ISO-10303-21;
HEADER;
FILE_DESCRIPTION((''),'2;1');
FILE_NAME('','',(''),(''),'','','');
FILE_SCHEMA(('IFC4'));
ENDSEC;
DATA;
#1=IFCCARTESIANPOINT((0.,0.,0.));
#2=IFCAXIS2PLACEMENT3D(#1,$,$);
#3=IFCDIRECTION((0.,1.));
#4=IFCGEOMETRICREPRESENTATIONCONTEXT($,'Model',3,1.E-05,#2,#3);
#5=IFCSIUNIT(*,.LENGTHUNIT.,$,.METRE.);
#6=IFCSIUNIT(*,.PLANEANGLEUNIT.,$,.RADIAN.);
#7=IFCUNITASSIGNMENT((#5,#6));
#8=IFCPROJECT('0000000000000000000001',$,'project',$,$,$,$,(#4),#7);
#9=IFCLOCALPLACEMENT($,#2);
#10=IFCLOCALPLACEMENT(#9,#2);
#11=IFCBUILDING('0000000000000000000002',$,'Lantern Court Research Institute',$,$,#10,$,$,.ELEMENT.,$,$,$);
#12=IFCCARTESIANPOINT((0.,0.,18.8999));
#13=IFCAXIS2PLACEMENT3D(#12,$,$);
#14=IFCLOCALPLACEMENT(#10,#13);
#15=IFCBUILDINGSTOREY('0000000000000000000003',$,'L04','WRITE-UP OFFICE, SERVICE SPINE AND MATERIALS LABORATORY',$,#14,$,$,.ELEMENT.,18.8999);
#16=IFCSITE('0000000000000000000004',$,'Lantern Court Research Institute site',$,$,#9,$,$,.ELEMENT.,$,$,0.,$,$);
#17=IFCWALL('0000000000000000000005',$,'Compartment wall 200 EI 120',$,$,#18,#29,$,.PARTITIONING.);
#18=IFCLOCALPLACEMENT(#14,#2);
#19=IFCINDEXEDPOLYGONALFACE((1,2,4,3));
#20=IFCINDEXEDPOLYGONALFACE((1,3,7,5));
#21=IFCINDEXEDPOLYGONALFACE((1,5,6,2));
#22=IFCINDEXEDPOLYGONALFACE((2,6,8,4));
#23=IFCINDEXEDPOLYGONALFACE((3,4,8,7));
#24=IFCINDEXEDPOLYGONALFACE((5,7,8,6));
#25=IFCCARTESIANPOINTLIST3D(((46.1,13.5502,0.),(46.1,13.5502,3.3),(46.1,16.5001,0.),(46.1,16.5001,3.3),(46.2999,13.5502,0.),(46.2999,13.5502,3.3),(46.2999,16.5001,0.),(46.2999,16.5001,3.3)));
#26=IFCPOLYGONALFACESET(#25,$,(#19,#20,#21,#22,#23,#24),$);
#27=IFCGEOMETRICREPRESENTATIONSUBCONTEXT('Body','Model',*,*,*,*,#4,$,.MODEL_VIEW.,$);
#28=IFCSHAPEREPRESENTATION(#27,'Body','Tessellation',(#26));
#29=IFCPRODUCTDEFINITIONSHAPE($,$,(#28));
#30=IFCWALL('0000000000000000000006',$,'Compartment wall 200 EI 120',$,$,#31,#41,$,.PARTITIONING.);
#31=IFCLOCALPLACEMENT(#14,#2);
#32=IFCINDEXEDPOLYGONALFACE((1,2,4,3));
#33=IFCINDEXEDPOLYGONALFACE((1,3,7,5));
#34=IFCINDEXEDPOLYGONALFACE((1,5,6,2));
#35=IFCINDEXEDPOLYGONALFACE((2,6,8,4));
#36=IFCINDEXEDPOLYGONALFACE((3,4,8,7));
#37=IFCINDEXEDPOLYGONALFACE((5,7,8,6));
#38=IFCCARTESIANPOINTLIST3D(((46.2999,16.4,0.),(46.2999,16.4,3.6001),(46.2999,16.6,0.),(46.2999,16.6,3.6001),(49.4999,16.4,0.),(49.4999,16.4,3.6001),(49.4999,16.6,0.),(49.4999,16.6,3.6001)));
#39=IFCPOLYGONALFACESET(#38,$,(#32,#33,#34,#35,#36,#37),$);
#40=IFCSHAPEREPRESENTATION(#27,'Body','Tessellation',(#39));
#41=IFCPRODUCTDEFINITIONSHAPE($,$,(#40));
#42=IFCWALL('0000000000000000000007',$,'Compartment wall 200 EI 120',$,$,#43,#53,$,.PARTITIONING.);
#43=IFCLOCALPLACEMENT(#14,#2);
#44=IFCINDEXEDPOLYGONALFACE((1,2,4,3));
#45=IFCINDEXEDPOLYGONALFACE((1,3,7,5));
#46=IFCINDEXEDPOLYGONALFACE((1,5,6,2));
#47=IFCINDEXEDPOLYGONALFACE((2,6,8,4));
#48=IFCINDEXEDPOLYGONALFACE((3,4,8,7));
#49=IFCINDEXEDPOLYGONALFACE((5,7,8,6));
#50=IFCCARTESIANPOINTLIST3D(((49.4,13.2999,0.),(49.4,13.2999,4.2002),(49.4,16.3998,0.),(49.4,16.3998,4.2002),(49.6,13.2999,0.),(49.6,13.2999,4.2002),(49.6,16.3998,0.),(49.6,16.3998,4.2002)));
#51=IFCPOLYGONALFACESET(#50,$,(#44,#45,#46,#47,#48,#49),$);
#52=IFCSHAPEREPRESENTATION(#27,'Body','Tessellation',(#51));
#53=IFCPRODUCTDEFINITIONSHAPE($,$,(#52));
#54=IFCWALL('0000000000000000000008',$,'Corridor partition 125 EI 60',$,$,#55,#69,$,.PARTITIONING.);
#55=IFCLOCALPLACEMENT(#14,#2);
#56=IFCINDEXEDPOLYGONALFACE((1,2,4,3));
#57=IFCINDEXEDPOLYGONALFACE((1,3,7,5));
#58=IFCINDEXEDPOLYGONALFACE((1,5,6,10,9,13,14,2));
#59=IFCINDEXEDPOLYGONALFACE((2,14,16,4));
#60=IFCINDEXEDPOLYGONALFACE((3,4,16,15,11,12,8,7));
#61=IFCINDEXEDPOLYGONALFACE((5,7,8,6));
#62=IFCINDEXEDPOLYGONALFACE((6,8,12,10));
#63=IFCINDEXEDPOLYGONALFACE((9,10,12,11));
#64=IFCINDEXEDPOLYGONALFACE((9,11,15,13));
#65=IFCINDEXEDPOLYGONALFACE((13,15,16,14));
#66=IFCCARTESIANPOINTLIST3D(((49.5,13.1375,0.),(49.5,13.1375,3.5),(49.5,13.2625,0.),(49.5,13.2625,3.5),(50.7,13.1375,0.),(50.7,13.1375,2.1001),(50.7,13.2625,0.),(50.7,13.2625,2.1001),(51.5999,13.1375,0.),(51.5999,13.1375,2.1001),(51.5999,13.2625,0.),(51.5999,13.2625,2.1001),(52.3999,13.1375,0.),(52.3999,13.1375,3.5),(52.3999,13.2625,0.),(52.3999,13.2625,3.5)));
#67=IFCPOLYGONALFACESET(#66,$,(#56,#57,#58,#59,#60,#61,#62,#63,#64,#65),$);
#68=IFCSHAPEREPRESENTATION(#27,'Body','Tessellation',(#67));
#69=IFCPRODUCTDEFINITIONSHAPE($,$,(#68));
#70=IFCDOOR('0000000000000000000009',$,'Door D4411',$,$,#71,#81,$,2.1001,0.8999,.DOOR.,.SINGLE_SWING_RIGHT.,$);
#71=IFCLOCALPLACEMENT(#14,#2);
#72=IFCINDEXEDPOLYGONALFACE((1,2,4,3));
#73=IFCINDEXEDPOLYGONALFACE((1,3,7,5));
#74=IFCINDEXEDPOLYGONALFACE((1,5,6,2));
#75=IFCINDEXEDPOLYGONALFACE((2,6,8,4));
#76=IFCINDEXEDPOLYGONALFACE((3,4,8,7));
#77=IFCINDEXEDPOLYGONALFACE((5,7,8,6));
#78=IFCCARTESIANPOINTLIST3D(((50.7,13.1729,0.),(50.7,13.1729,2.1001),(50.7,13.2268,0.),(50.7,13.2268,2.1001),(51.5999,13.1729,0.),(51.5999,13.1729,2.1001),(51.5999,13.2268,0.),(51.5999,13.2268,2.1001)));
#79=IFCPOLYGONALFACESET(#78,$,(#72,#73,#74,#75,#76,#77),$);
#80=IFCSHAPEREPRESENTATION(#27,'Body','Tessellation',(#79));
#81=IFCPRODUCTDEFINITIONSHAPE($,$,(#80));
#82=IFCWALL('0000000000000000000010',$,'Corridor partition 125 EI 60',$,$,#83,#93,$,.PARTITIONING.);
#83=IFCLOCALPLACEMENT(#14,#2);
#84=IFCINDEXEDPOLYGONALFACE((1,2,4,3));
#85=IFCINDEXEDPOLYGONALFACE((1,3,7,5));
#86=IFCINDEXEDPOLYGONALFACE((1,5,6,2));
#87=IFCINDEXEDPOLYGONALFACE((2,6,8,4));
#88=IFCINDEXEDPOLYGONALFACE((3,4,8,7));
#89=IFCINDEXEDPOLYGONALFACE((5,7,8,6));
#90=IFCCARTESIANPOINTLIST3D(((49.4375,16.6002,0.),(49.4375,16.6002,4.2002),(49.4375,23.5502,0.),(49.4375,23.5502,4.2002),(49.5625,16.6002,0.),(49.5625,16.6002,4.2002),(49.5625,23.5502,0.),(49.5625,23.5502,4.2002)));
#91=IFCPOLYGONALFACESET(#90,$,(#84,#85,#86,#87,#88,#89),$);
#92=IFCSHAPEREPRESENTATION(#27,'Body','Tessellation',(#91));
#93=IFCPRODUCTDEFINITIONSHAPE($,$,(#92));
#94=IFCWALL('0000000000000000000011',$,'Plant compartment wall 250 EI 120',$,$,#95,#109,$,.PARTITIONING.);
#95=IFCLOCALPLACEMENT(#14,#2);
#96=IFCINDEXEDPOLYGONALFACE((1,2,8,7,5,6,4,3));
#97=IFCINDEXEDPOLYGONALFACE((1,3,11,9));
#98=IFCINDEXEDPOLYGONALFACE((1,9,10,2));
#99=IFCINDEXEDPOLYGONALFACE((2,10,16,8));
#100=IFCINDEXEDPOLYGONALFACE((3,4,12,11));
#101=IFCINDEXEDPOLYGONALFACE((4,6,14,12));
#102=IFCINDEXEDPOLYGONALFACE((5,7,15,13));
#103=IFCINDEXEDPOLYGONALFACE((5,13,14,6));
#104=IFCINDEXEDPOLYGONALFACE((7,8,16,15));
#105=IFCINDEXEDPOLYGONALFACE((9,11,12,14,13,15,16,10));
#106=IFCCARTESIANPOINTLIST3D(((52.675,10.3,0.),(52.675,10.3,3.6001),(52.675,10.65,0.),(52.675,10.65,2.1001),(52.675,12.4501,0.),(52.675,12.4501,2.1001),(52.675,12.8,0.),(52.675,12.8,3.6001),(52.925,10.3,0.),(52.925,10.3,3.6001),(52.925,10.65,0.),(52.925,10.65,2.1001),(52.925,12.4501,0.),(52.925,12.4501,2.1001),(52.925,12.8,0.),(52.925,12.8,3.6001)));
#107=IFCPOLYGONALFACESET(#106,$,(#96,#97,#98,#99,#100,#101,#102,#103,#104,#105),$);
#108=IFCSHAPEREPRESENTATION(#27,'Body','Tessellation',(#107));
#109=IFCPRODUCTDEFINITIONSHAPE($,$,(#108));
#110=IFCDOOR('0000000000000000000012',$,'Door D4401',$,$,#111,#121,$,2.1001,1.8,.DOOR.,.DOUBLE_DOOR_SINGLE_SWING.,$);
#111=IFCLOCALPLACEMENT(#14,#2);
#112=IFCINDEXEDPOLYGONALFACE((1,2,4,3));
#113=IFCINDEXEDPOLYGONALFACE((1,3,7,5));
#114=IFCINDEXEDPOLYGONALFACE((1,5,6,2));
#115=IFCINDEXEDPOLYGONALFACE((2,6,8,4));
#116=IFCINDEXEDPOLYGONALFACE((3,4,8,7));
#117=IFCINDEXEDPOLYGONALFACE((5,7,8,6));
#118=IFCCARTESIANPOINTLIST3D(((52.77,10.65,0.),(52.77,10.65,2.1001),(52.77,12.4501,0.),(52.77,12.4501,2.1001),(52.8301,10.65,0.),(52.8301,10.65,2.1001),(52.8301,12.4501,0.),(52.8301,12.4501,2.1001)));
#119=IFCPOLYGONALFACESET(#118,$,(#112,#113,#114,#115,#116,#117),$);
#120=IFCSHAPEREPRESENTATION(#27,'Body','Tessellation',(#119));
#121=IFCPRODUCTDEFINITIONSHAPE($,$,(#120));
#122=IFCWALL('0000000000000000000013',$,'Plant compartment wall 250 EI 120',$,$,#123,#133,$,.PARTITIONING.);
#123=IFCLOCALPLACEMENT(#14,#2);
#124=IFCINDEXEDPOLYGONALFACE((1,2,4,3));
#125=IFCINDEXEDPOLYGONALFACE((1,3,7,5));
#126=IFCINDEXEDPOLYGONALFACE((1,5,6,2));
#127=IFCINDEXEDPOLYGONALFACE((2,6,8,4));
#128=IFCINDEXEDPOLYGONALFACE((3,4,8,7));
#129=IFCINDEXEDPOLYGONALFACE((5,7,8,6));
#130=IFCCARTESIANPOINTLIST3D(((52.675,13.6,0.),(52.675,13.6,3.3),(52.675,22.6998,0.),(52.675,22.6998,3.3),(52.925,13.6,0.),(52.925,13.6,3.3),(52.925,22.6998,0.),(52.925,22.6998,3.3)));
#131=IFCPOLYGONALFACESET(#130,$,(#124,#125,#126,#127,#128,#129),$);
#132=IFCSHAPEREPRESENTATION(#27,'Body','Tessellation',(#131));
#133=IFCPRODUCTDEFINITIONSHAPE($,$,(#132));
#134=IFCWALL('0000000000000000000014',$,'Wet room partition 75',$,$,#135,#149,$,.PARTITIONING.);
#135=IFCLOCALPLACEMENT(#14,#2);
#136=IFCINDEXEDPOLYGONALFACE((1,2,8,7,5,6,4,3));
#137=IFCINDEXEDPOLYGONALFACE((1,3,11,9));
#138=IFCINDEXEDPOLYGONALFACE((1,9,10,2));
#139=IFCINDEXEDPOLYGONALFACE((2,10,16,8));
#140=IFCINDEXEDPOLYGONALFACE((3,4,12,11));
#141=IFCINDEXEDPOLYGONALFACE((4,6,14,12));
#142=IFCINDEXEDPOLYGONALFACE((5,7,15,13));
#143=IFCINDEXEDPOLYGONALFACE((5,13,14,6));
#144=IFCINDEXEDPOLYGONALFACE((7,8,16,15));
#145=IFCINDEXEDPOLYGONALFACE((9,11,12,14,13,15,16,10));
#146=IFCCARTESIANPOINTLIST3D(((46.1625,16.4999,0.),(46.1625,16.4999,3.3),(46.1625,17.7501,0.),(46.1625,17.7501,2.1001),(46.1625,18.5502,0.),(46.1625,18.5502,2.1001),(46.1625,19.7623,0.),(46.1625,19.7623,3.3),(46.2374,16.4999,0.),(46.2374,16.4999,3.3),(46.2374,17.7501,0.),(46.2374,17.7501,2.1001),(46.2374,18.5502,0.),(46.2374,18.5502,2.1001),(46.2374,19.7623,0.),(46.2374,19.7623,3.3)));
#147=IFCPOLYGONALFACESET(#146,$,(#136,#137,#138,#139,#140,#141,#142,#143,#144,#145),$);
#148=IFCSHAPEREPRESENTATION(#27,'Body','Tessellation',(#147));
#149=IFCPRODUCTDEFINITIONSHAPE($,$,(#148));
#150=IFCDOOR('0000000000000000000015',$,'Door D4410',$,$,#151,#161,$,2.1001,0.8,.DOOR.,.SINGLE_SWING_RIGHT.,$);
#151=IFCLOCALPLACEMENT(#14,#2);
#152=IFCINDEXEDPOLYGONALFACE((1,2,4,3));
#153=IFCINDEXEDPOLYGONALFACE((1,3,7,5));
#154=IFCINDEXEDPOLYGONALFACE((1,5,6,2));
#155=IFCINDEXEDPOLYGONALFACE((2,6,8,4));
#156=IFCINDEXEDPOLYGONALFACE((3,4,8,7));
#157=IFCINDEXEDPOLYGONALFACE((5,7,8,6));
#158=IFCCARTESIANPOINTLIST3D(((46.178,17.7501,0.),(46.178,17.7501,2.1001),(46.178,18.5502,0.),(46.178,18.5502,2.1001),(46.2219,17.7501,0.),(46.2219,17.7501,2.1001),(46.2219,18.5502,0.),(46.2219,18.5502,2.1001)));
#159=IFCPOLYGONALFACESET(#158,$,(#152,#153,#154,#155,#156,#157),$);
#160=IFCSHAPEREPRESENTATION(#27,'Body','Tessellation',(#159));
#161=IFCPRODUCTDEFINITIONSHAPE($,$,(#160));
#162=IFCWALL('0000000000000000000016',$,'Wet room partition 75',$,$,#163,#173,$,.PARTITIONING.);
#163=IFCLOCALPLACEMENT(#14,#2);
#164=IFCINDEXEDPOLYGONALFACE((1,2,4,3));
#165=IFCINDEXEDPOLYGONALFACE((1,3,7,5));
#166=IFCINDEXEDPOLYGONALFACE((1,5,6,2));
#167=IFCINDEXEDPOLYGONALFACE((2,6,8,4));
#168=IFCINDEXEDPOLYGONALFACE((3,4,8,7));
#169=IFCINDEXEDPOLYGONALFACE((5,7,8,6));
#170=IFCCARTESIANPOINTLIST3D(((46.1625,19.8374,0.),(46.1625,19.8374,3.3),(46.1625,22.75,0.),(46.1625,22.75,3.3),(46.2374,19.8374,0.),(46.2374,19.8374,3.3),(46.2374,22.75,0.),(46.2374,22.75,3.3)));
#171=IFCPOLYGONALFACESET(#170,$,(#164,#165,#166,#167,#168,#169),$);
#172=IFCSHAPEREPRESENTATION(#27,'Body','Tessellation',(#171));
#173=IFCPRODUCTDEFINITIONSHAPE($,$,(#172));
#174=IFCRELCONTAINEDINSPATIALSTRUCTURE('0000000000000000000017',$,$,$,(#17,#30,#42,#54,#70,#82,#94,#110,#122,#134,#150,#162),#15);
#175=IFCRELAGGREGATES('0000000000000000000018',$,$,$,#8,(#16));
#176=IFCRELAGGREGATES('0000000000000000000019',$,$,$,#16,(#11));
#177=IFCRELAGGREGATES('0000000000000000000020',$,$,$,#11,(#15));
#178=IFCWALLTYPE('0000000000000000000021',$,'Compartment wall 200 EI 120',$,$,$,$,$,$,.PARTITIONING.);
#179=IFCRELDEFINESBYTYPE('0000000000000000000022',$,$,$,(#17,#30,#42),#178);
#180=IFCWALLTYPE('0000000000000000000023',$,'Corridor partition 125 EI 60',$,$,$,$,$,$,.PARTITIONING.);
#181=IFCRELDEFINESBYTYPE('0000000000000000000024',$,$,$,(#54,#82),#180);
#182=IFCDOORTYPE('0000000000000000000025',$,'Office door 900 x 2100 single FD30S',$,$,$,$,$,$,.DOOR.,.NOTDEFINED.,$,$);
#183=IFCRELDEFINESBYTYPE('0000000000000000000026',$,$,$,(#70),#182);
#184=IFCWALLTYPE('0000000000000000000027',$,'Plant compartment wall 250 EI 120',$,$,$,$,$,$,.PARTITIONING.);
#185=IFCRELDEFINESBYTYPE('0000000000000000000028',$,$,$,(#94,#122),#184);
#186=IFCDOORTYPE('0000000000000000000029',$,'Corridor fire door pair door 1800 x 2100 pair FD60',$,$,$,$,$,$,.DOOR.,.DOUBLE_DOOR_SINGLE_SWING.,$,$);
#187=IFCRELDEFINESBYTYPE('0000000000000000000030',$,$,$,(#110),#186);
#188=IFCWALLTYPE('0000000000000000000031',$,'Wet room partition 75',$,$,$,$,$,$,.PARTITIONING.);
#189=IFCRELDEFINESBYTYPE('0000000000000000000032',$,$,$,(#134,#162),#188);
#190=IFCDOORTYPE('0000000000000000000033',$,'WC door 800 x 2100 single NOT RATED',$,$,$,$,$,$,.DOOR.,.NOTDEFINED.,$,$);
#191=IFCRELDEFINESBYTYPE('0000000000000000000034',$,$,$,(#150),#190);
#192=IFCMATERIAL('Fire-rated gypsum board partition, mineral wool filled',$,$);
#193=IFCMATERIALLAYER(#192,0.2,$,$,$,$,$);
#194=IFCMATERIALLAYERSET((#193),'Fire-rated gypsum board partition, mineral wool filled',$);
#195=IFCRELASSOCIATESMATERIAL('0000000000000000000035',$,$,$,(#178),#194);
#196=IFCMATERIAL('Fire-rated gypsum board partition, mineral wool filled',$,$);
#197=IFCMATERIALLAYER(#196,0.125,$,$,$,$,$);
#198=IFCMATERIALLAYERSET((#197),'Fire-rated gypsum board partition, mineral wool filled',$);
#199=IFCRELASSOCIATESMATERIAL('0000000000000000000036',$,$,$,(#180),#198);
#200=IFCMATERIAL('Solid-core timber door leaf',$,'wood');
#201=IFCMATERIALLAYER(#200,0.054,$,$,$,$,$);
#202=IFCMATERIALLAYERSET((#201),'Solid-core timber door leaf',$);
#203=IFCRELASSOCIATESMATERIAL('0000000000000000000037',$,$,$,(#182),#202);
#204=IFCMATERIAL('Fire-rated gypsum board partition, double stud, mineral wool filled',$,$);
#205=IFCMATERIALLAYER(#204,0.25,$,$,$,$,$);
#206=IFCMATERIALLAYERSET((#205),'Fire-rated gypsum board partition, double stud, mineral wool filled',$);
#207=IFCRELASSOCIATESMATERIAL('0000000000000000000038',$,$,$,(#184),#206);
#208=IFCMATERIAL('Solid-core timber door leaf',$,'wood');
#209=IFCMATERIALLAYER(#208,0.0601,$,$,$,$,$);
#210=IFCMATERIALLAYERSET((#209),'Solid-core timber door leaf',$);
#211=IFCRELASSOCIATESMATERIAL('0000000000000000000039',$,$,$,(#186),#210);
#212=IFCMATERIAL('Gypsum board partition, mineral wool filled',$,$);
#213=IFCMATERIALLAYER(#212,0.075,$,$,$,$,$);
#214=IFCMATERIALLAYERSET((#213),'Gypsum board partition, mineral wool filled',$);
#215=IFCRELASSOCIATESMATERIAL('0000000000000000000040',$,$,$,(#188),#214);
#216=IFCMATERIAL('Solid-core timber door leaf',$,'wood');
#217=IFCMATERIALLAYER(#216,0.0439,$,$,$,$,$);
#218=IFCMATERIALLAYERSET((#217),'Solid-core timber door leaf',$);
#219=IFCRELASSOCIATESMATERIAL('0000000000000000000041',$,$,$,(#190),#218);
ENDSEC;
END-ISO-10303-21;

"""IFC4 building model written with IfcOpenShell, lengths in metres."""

from ifc_helpers import new_model, si_unit, direction, frame, frame_2d, origin, place, context, subcontext, project, spatial, rectangle, extrude, material, layer, layer_set, type_object, element, fill, save


model = new_model("IFC4")

# Units and contexts
model_context = context("Model", 3, precision=1e-05, world=origin(), true_north=direction((0.0, 1.0)))
body_context = subcontext(model_context, "Body", "Model", "MODEL_VIEW")
ifc_project = project(units=[si_unit("LENGTHUNIT", "METRE"), si_unit("PLANEANGLEUNIT", "RADIAN")], contexts=[model_context])

# Site, building, storey
site_placement = place(None, origin())
site = spatial("IfcSite", under=ifc_project, at=site_placement, Name="Lantern Court Research Institute site", CompositionType="ELEMENT", RefElevation=0.0)
building_placement = place(site_placement, origin())
building = spatial("IfcBuilding", under=site, at=building_placement, Name="Lantern Court Research Institute", CompositionType="ELEMENT")
storey_placement = place(building_placement, frame((0.0, 0.0, 18.8999)))
storey = spatial("IfcBuildingStorey", under=building, at=storey_placement, Name="L04", Description="WRITE-UP OFFICE, SERVICE SPINE AND MATERIALS LABORATORY", CompositionType="ELEMENT", Elevation=18.8999)

# Shared definitions
ifc_material_1 = material(Name="Fire-rated gypsum board partition, mineral wool filled")
ifc_layer_1 = layer(ifc_material_1, 0.2)
ifc_layer_set_1 = layer_set([ifc_layer_1], Name="Fire-rated gypsum board partition, mineral wool filled")
wall_type_1 = type_object("IfcWallType", Name="Compartment wall 200 EI 120", PredefinedType="PARTITIONING", material=ifc_layer_set_1)

# Walls
wall_1_placement = place(storey_placement, frame((46.2, 13.55, 0.0), z_axis=(0.0, 0.0, 1.0), x_axis=(0.0, 1.0, 0.0)))
element("IfcWall", 1, at=wall_1_placement, inside=storey, type_object=wall_type_1, Name="Compartment wall 200 EI 120", PredefinedType="PARTITIONING", context=body_context, shape_type="SweptSolid", body=[
    extrude(rectangle(XDim=2.95, YDim=0.2, at=frame_2d((1.4751, 0.0))), origin(), (0.0, 0.0, 1.0), 3.3),
])
wall_2_placement = place(storey_placement, frame((49.5, 16.5, 0.0), z_axis=(0.0, 0.0, 1.0), x_axis=(-1.0, 0.0, 0.0)))
element("IfcWall", 2, at=wall_2_placement, inside=storey, type_object=wall_type_1, Name="Compartment wall 200 EI 120", PredefinedType="PARTITIONING", context=body_context, shape_type="SweptSolid", body=[
    extrude(rectangle(XDim=3.2, YDim=0.2, at=frame_2d((1.6001, 0.0))), origin(), (0.0, 0.0, 1.0), 3.6001),
])
wall_3_placement = place(storey_placement, frame((49.5, 13.3, 0.0), z_axis=(0.0, 0.0, 1.0), x_axis=(0.0, 1.0, 0.0)))
element("IfcWall", 3, at=wall_3_placement, inside=storey, type_object=wall_type_1, Name="Compartment wall 200 EI 120", PredefinedType="PARTITIONING", context=body_context, shape_type="SweptSolid", body=[
    extrude(rectangle(XDim=3.0999, YDim=0.2, at=frame_2d((1.5498, 0.0))), origin(), (0.0, 0.0, 1.0), 4.2002),
])

# Wall, opening, door
ifc_material_2 = material(Name="Fire-rated gypsum board partition, mineral wool filled")
ifc_layer_2 = layer(ifc_material_2, 0.125)
ifc_layer_set_2 = layer_set([ifc_layer_2], Name="Fire-rated gypsum board partition, mineral wool filled")
wall_type_2 = type_object("IfcWallType", Name="Corridor partition 125 EI 60", PredefinedType="PARTITIONING", material=ifc_layer_set_2)
wall_4_placement = place(storey_placement, frame((49.5, 13.2, 0.0), z_axis=(0.0, 0.0, 1.0), x_axis=(1.0, 0.0, 0.0)))
wall_4 = element("IfcWall", 4, at=wall_4_placement, inside=storey, type_object=wall_type_2, Name="Corridor partition 125 EI 60", PredefinedType="PARTITIONING", context=body_context, shape_type="SweptSolid", body=[
    extrude(rectangle(XDim=2.8999, YDim=0.125, at=frame_2d((1.45, 0.0))), origin(), (0.0, 0.0, 1.0), 3.5),
])
opening_1_placement = place(wall_4_placement, frame((1.2, 0.0, 0.0)))
opening_1 = element("IfcOpeningElement", 5, at=opening_1_placement, cuts=wall_4, PredefinedType="OPENING", context=body_context, shape_type="SweptSolid", body=[
    extrude(rectangle(XDim=0.8999, YDim=2.1001, at=frame_2d((0.45, 1.05))), frame((0.0, 0.0725, 0.0), z_axis=(0.0, -1.0, 0.0), x_axis=(1.0, 0.0, 0.0)), (0.0, 0.0, 1.0), 0.145),
])
ifc_material_3 = material(Name="Solid-core timber door leaf", Category="wood")
ifc_layer_3 = layer(ifc_material_3, 0.054)
ifc_layer_set_3 = layer_set([ifc_layer_3], Name="Solid-core timber door leaf")
door_type_1 = type_object("IfcDoorType", Name="Office door 900 x 2100 single FD30S", OperationType="NOTDEFINED", PredefinedType="DOOR", material=ifc_layer_set_3)
door_1_placement = place(opening_1_placement, origin())
door_1 = element("IfcDoor", 6, at=door_1_placement, inside=storey, type_object=door_type_1, Name="Door D4411", OperationType="SINGLE_SWING_RIGHT", OverallHeight=2.1001, OverallWidth=0.8999, PredefinedType="DOOR", context=body_context, shape_type="SweptSolid", body=[
    extrude(rectangle(XDim=0.8999, YDim=2.1001, at=frame_2d((0.45, 1.05))), frame((0.0, 0.0269, 0.0), z_axis=(0.0, -1.0, 0.0), x_axis=(1.0, 0.0, 0.0)), (0.0, 0.0, 1.0), 0.054),
])
fill(opening_1, door_1)

# Wall
wall_5_placement = place(storey_placement, frame((49.5, 16.6001, 0.0), z_axis=(0.0, 0.0, 1.0), x_axis=(0.0, 1.0, 0.0)))
element("IfcWall", 7, at=wall_5_placement, inside=storey, type_object=wall_type_2, Name="Corridor partition 125 EI 60", PredefinedType="PARTITIONING", context=body_context, shape_type="SweptSolid", body=[
    extrude(rectangle(XDim=6.95, YDim=0.125, at=frame_2d((3.4751, 0.0))), origin(), (0.0, 0.0, 1.0), 4.2002),
])

# Wall, opening, door
ifc_material_4 = material(Name="Fire-rated gypsum board partition, double stud, mineral wool filled")
ifc_layer_4 = layer(ifc_material_4, 0.25)
ifc_layer_set_4 = layer_set([ifc_layer_4], Name="Fire-rated gypsum board partition, double stud, mineral wool filled")
wall_type_3 = type_object("IfcWallType", Name="Plant compartment wall 250 EI 120", PredefinedType="PARTITIONING", material=ifc_layer_set_4)
wall_6_placement = place(storey_placement, frame((52.8, 10.3, 0.0), z_axis=(0.0, 0.0, 1.0), x_axis=(0.0, 1.0, 0.0)))
wall_6 = element("IfcWall", 8, at=wall_6_placement, inside=storey, type_object=wall_type_3, Name="Plant compartment wall 250 EI 120", PredefinedType="PARTITIONING", context=body_context, shape_type="SweptSolid", body=[
    extrude(rectangle(XDim=2.5, YDim=0.25, at=frame_2d((1.25, 0.0))), origin(), (0.0, 0.0, 1.0), 3.6001),
])
opening_2_placement = place(wall_6_placement, frame((0.3501, 0.0, 0.0)))
opening_2 = element("IfcOpeningElement", 9, at=opening_2_placement, cuts=wall_6, PredefinedType="OPENING", context=body_context, shape_type="SweptSolid", body=[
    extrude(rectangle(XDim=1.8, YDim=2.1001, at=frame_2d((0.8999, 1.05))), frame((0.0, 0.135, 0.0), z_axis=(0.0, -1.0, 0.0), x_axis=(1.0, 0.0, 0.0)), (0.0, 0.0, 1.0), 0.27),
])
ifc_material_5 = material(Name="Solid-core timber door leaf", Category="wood")
ifc_layer_5 = layer(ifc_material_5, 0.0601)
ifc_layer_set_5 = layer_set([ifc_layer_5], Name="Solid-core timber door leaf")
door_type_2 = type_object("IfcDoorType", Name="Corridor fire door pair door 1800 x 2100 pair FD60", OperationType="DOUBLE_DOOR_SINGLE_SWING", PredefinedType="DOOR", material=ifc_layer_set_5)
door_2_placement = place(opening_2_placement, origin())
door_2 = element("IfcDoor", 10, at=door_2_placement, inside=storey, type_object=door_type_2, Name="Door D4401", OperationType="DOUBLE_DOOR_SINGLE_SWING", OverallHeight=2.1001, OverallWidth=1.8, PredefinedType="DOOR", context=body_context, shape_type="SweptSolid", body=[
    extrude(rectangle(XDim=1.8, YDim=2.1001, at=frame_2d((0.8999, 1.05))), frame((0.0, 0.03, 0.0), z_axis=(0.0, -1.0, 0.0), x_axis=(1.0, 0.0, 0.0)), (0.0, 0.0, 1.0), 0.0601),
])
fill(opening_2, door_2)

# Wall
wall_7_placement = place(storey_placement, frame((52.8, 13.6001, 0.0), z_axis=(0.0, 0.0, 1.0), x_axis=(0.0, 1.0, 0.0)))
element("IfcWall", 11, at=wall_7_placement, inside=storey, type_object=wall_type_3, Name="Plant compartment wall 250 EI 120", PredefinedType="PARTITIONING", context=body_context, shape_type="SweptSolid", body=[
    extrude(rectangle(XDim=9.0999, YDim=0.25, at=frame_2d((4.5498, 0.0))), origin(), (0.0, 0.0, 1.0), 3.3),
])

# Wall, opening, door
ifc_material_6 = material(Name="Gypsum board partition, mineral wool filled")
ifc_layer_6 = layer(ifc_material_6, 0.075)
ifc_layer_set_6 = layer_set([ifc_layer_6], Name="Gypsum board partition, mineral wool filled")
wall_type_4 = type_object("IfcWallType", Name="Wet room partition 75", PredefinedType="PARTITIONING", material=ifc_layer_set_6)
wall_8_placement = place(storey_placement, frame((46.2, 19.7625, 0.0), z_axis=(0.0, 0.0, 1.0), x_axis=(0.0, -1.0, 0.0)))
wall_8 = element("IfcWall", 12, at=wall_8_placement, inside=storey, type_object=wall_type_4, Name="Wet room partition 75", PredefinedType="PARTITIONING", context=body_context, shape_type="SweptSolid", body=[
    extrude(rectangle(XDim=3.2625, YDim=0.075, at=frame_2d((1.6313, 0.0))), origin(), (0.0, 0.0, 1.0), 3.3),
])
opening_3_placement = place(wall_8_placement, frame((1.2124, 0.0, 0.0)))
opening_3 = element("IfcOpeningElement", 13, at=opening_3_placement, cuts=wall_8, PredefinedType="OPENING", context=body_context, shape_type="SweptSolid", body=[
    extrude(rectangle(XDim=0.8, YDim=2.1001, at=frame_2d((0.3999, 1.05))), frame((0.0, 0.0474, 0.0), z_axis=(0.0, -1.0, 0.0), x_axis=(1.0, 0.0, 0.0)), (0.0, 0.0, 1.0), 0.095),
])
ifc_material_7 = material(Name="Solid-core timber door leaf", Category="wood")
ifc_layer_7 = layer(ifc_material_7, 0.0439)
ifc_layer_set_7 = layer_set([ifc_layer_7], Name="Solid-core timber door leaf")
door_type_3 = type_object("IfcDoorType", Name="WC door 800 x 2100 single NOT RATED", OperationType="NOTDEFINED", PredefinedType="DOOR", material=ifc_layer_set_7)
door_3_placement = place(opening_3_placement, origin())
door_3 = element("IfcDoor", 14, at=door_3_placement, inside=storey, type_object=door_type_3, Name="Door D4410", OperationType="SINGLE_SWING_RIGHT", OverallHeight=2.1001, OverallWidth=0.8, PredefinedType="DOOR", context=body_context, shape_type="SweptSolid", body=[
    extrude(rectangle(XDim=0.8, YDim=2.1001, at=frame_2d((0.3999, 1.05))), frame((0.0, 0.022, 0.0), z_axis=(0.0, -1.0, 0.0), x_axis=(1.0, 0.0, 0.0)), (0.0, 0.0, 1.0), 0.0439),
])
fill(opening_3, door_3)

# Wall
wall_9_placement = place(storey_placement, frame((46.2, 19.8374, 0.0), z_axis=(0.0, 0.0, 1.0), x_axis=(0.0, 1.0, 0.0)))
element("IfcWall", 15, at=wall_9_placement, inside=storey, type_object=wall_type_4, Name="Wet room partition 75", PredefinedType="PARTITIONING", context=body_context, shape_type="SweptSolid", body=[
    extrude(rectangle(XDim=2.9126, YDim=0.075, at=frame_2d((1.4563, 0.0))), origin(), (0.0, 0.0, 1.0), 3.3),
])

save(model, "model.ifc")
